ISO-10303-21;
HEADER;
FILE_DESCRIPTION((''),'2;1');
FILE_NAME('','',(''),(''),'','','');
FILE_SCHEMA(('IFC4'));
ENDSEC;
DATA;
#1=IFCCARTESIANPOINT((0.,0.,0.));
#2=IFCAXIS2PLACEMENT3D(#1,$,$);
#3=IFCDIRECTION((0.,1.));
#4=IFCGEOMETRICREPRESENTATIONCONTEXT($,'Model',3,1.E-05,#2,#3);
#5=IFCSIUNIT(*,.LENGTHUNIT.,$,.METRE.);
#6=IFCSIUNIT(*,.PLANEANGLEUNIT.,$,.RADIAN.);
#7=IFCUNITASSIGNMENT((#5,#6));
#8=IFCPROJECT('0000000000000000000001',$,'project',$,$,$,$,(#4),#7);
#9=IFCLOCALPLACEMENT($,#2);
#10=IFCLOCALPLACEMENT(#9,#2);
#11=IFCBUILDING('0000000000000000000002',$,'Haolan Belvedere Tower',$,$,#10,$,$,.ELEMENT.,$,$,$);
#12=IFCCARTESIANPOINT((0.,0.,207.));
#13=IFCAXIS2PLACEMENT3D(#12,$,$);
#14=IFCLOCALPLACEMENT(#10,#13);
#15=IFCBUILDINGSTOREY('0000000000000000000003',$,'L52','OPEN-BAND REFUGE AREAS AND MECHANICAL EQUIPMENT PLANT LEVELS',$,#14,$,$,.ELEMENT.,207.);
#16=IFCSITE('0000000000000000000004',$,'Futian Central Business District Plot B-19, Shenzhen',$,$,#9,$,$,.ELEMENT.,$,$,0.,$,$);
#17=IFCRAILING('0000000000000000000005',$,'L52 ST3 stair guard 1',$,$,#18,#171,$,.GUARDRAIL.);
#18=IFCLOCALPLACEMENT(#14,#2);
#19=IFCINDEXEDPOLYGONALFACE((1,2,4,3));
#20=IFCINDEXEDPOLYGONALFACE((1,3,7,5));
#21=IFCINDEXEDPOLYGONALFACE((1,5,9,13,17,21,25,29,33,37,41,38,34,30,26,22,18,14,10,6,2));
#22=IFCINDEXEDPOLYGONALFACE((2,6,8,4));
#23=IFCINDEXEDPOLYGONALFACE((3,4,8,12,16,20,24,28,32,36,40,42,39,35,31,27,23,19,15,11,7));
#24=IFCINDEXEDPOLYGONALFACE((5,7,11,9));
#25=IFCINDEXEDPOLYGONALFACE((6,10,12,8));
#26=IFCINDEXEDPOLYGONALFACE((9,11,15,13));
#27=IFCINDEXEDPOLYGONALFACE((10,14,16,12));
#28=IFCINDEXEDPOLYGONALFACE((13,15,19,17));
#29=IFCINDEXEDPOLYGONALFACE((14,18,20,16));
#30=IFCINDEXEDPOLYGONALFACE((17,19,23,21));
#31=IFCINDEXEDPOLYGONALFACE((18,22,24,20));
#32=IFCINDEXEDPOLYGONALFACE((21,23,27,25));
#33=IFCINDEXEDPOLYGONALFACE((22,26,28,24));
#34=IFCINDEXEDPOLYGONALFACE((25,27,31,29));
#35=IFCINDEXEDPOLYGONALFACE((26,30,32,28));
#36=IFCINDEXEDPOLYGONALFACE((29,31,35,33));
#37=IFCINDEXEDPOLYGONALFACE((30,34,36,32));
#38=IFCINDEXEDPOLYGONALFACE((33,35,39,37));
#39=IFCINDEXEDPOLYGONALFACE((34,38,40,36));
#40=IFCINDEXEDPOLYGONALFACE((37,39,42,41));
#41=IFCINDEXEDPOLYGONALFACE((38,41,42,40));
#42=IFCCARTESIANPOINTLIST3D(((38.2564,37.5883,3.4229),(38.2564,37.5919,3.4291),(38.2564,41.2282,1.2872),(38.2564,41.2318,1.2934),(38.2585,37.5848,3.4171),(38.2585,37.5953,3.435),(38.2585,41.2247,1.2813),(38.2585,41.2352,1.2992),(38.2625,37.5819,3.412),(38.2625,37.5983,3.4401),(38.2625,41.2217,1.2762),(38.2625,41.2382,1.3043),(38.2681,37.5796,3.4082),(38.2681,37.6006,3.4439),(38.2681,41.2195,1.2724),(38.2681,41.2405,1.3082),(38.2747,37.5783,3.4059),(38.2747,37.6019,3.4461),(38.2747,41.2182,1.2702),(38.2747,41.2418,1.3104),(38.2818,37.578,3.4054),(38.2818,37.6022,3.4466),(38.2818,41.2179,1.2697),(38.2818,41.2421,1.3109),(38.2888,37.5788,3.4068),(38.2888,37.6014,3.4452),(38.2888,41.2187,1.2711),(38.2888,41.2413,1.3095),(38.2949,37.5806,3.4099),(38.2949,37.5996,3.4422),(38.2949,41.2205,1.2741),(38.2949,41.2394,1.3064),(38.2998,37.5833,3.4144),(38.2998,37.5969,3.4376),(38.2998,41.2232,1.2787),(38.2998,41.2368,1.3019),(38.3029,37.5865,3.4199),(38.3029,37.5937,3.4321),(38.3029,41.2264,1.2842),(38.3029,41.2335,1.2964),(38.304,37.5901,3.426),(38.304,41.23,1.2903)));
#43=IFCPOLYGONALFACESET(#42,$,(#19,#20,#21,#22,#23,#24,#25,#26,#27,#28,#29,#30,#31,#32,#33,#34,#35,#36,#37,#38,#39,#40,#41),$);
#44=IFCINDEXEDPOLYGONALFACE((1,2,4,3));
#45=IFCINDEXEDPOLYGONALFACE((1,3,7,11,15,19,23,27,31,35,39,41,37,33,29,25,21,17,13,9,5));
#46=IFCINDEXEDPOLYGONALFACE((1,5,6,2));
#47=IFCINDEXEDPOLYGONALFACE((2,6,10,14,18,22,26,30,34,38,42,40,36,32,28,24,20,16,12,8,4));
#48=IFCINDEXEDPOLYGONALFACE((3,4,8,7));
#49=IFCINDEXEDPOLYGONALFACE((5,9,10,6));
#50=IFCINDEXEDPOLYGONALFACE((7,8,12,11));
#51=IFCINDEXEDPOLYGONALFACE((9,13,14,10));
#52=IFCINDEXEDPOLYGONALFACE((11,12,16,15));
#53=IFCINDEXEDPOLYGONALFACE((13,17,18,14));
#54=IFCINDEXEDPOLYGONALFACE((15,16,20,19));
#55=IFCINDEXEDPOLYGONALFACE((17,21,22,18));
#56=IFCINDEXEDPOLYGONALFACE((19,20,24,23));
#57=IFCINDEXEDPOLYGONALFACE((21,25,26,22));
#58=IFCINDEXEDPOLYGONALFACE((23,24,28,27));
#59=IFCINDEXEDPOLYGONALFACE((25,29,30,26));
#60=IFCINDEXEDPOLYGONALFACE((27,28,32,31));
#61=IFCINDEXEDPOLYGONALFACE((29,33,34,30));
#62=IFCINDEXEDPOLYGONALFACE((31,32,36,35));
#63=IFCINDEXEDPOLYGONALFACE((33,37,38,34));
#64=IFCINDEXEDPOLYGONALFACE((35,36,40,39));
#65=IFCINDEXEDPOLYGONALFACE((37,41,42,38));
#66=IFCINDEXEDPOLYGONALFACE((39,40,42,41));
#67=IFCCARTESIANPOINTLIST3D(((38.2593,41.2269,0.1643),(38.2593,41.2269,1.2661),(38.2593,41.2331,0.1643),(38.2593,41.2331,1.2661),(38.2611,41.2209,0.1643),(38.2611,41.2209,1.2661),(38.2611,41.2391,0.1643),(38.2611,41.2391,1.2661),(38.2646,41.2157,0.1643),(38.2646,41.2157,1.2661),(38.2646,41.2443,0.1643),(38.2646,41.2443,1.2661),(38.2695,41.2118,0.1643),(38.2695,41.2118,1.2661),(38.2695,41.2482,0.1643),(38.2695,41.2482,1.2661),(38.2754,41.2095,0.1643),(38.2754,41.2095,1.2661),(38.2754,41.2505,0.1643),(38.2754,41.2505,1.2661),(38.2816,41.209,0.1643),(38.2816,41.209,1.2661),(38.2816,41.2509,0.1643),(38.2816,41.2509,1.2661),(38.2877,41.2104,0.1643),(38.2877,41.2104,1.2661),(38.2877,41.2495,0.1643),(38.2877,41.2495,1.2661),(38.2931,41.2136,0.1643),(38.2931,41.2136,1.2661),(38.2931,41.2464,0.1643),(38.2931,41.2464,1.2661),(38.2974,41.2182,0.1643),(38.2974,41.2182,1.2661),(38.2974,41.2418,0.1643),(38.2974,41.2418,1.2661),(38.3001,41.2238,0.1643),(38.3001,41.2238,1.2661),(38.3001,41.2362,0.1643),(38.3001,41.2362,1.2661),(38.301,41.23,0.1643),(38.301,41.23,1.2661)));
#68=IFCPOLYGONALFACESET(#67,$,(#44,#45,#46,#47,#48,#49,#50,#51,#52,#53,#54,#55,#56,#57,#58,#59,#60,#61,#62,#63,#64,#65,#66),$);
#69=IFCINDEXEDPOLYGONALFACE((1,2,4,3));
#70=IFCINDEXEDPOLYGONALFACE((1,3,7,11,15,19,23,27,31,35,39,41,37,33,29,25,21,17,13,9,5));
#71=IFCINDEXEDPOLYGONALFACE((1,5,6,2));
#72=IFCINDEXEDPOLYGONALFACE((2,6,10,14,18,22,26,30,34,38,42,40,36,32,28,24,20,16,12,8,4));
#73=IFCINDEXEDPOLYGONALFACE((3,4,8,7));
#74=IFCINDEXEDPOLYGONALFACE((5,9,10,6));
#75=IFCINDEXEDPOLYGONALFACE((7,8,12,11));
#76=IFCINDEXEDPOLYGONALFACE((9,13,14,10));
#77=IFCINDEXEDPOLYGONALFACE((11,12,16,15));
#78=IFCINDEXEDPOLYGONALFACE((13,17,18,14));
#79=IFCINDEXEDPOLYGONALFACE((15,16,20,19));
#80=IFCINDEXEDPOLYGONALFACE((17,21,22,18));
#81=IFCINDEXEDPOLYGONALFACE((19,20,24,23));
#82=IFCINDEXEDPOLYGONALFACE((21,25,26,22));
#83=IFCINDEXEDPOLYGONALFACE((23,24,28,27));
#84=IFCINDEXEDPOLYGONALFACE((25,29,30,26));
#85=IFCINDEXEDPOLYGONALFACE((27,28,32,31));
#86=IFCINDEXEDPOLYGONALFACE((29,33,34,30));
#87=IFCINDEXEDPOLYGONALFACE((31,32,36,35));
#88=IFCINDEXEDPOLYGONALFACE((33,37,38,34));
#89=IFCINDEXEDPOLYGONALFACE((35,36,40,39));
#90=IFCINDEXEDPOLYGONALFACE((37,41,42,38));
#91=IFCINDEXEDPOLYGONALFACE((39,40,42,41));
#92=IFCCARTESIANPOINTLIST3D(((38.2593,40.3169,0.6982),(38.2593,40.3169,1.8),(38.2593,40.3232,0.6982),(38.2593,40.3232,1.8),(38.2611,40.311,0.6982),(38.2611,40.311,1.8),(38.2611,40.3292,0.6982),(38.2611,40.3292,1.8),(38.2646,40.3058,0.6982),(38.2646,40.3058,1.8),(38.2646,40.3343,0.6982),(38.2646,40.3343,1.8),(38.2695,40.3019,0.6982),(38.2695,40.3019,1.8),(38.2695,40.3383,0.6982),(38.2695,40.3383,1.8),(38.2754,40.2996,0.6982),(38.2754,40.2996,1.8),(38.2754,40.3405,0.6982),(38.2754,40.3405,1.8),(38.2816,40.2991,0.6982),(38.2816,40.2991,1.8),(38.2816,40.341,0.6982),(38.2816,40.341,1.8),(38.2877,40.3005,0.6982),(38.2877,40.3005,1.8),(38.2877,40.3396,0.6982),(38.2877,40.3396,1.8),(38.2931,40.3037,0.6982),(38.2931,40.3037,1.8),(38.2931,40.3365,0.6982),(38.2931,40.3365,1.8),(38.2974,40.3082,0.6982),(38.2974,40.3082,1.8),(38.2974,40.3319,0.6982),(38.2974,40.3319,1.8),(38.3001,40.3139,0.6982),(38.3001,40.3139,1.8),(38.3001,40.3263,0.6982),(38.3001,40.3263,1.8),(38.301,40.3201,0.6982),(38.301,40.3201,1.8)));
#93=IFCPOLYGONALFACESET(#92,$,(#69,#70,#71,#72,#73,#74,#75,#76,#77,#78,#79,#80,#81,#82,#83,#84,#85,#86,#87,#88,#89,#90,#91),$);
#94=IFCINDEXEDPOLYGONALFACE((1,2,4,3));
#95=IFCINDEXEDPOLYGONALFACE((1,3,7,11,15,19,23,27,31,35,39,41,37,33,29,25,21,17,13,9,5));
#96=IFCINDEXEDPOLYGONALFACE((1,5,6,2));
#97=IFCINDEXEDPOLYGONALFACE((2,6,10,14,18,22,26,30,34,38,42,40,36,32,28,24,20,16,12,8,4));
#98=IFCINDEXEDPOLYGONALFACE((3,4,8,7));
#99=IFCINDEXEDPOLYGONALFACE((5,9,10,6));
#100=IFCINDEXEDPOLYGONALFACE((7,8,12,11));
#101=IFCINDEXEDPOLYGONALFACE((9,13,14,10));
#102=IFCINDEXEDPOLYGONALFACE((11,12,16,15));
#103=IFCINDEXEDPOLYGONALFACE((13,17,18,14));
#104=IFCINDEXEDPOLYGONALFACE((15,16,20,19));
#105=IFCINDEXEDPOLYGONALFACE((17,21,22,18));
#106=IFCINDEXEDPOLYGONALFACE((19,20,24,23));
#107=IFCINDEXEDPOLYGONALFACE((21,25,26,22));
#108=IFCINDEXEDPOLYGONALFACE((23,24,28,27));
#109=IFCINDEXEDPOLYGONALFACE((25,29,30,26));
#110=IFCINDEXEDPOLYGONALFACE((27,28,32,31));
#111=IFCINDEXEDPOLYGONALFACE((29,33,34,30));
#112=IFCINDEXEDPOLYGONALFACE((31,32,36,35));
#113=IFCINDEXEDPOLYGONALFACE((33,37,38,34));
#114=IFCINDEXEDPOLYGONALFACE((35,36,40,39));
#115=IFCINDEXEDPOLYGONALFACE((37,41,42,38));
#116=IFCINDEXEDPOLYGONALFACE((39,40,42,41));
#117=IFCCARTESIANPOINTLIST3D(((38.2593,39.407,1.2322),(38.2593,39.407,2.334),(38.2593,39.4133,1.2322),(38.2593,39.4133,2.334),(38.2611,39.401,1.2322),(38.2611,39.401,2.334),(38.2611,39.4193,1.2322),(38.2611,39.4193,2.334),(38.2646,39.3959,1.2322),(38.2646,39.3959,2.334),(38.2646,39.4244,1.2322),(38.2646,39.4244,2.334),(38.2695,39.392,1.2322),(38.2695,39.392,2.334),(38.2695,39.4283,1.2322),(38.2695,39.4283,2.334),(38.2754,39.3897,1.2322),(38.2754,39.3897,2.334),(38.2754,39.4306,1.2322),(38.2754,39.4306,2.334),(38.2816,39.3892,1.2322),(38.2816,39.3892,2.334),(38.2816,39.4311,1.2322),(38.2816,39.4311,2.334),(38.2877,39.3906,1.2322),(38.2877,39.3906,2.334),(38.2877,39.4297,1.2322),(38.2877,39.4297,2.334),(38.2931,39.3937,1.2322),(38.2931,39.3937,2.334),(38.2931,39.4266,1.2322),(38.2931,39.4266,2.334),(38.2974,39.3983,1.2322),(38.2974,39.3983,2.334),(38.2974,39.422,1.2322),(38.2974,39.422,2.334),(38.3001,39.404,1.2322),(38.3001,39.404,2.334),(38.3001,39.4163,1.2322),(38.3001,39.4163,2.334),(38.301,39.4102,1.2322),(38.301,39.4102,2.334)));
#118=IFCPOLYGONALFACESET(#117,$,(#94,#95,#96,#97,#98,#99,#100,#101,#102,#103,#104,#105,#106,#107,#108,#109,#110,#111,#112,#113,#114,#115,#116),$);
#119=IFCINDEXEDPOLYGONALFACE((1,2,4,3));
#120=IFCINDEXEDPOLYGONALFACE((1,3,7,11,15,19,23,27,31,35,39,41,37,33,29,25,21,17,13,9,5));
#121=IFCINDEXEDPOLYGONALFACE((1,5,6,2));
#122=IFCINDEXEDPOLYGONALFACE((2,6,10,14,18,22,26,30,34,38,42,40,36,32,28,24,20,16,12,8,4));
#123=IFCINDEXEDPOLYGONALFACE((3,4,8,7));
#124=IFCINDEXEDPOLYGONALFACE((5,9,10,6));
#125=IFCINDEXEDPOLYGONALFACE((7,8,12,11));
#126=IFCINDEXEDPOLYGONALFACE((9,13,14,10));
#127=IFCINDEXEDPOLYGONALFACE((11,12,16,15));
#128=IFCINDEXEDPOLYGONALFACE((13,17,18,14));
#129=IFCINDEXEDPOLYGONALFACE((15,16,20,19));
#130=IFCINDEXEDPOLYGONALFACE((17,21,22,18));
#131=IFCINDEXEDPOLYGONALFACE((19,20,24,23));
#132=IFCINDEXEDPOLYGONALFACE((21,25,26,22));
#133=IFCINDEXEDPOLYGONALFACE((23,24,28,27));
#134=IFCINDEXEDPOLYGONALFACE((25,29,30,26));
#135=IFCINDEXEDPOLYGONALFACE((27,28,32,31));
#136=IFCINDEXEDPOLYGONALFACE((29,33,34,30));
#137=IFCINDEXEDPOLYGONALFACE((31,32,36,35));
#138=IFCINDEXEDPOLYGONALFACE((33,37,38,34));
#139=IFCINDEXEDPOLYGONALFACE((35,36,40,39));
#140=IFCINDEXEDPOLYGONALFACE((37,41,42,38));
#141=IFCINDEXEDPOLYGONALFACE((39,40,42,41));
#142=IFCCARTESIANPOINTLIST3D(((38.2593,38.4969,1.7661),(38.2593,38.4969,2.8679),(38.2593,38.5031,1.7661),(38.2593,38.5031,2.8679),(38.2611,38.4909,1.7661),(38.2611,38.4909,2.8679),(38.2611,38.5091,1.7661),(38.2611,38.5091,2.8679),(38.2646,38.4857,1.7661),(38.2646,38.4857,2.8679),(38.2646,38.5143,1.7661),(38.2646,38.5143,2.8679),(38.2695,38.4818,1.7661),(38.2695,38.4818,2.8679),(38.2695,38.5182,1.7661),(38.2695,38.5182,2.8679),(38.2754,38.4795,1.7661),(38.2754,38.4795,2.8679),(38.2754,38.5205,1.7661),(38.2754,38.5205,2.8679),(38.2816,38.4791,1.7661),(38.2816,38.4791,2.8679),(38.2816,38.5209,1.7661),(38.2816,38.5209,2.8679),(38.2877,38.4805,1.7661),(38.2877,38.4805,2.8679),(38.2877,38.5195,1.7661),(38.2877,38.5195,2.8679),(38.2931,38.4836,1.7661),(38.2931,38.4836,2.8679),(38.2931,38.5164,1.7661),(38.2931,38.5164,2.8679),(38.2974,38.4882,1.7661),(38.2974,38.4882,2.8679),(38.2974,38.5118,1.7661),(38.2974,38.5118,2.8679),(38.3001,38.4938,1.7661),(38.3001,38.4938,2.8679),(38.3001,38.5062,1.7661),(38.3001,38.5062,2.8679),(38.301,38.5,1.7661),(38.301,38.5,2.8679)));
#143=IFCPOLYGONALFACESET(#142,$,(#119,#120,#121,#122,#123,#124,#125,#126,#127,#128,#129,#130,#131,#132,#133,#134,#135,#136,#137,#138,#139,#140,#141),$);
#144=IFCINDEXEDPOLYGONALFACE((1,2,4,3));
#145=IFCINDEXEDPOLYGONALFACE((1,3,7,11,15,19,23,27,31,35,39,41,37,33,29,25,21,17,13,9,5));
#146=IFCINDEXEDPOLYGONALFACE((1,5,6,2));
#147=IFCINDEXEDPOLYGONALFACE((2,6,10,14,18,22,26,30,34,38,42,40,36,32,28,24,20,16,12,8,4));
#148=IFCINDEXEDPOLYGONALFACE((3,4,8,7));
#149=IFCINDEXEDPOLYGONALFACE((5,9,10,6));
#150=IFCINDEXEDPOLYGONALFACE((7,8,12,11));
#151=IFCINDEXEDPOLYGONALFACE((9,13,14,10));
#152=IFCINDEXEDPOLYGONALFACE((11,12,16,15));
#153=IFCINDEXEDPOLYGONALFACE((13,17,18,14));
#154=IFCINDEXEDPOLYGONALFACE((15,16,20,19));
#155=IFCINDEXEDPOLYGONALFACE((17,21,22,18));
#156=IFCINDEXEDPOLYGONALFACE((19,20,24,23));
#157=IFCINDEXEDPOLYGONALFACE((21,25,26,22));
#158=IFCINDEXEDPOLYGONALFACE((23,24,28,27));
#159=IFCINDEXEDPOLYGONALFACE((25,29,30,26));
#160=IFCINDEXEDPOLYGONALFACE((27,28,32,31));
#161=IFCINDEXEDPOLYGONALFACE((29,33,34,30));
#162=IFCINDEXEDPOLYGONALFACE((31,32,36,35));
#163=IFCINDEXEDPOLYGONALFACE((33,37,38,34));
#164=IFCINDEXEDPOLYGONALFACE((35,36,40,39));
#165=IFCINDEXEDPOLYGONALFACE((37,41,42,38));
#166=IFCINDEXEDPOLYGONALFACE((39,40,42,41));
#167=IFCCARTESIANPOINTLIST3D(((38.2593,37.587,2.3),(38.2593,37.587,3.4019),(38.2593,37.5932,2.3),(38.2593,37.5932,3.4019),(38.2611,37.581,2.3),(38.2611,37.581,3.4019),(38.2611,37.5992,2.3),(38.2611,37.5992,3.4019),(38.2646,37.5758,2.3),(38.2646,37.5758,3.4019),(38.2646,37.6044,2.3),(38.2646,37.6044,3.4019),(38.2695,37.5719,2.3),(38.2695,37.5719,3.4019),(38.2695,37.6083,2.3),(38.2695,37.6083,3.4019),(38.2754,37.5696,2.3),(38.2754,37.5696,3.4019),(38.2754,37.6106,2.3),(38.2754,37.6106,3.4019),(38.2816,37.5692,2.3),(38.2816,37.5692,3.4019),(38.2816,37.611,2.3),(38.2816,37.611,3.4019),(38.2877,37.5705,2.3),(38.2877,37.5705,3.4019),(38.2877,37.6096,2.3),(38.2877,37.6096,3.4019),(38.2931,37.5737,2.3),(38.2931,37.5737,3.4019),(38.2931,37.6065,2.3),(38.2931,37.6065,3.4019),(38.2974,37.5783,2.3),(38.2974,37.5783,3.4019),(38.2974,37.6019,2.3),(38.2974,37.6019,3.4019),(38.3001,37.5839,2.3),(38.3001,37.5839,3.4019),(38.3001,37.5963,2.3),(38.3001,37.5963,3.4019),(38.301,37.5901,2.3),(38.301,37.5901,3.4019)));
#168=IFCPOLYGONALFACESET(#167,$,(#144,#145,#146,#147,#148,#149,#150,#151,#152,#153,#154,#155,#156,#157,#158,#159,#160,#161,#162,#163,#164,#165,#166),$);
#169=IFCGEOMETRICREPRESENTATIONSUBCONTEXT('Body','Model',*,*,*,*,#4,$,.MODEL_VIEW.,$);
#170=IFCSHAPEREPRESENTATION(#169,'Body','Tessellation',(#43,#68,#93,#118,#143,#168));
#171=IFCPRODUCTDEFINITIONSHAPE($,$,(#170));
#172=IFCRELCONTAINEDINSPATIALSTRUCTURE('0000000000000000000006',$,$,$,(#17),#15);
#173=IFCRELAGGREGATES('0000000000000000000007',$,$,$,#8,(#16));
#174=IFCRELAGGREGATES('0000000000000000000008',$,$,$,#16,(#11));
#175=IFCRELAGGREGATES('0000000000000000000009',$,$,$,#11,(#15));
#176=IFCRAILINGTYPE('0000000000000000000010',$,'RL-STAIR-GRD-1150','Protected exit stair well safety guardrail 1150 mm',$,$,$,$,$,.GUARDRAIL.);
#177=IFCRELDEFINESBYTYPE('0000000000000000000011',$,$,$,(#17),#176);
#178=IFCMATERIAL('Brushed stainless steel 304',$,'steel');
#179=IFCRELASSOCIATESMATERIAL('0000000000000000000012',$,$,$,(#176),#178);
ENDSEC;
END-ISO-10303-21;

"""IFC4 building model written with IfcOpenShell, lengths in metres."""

from ifc_helpers import new_model, si_unit, direction, frame, origin, origin_2d, place, context, subcontext, project, spatial, circle, extrude, material, type_object, element, save


model = new_model("IFC4")

# Units and contexts
model_context = context("Model", 3, precision=1e-05, world=origin(), true_north=direction((0.0, 1.0)))
body_context = subcontext(model_context, "Body", "Model", "MODEL_VIEW")
ifc_project = project(units=[si_unit("LENGTHUNIT", "METRE"), si_unit("PLANEANGLEUNIT", "RADIAN")], contexts=[model_context])

# Site, building, storey
site_placement = place(None, origin())
site = spatial("IfcSite", under=ifc_project, at=site_placement, Name="Futian Central Business District Plot B-19, Shenzhen", CompositionType="ELEMENT", RefElevation=0.0)
building_placement = place(site_placement, origin())
building = spatial("IfcBuilding", under=site, at=building_placement, Name="Haolan Belvedere Tower", CompositionType="ELEMENT")
storey_placement = place(building_placement, frame((0.0, 0.0, 207.0)))
storey = spatial("IfcBuildingStorey", under=building, at=storey_placement, Name="L52", Description="OPEN-BAND REFUGE AREAS AND MECHANICAL EQUIPMENT PLANT LEVELS", CompositionType="ELEMENT", Elevation=207.0)

# Railing
ifc_material_1 = material(Name="Brushed stainless steel 304", Category="steel")
railing_type_1 = type_object("IfcRailingType", Name="RL-STAIR-GRD-1150", Description="Protected exit stair well safety guardrail 1150 mm", PredefinedType="GUARDRAIL", material=ifc_material_1)
railing_1_placement = place(storey_placement, frame((38.28, 41.23, 0.1643)))
element("IfcRailing", 1, at=railing_1_placement, inside=storey, type_object=railing_type_1, Name="L52 ST3 stair guard 1", PredefinedType="GUARDRAIL", context=body_context, shape_type="SweptSolid", body=[
    extrude(circle(Radius=0.0239, at=origin_2d()), frame((0.0, 0.0, 1.126), z_axis=(0.0, -0.86249, 0.506074), x_axis=(1.0, 0.0, 0.0)), (0.0, 0.0, 1.0), 4.2202),
    extrude(circle(Radius=0.021, at=origin_2d()), origin(), (0.0, 0.0, 1.0), 1.1018),
    extrude(circle(Radius=0.021, at=origin_2d()), frame((0.0, -0.9099, 0.5339)), (0.0, 0.0, 1.0), 1.1018),
    extrude(circle(Radius=0.021, at=origin_2d()), frame((0.0, -1.8198, 1.0679)), (0.0, 0.0, 1.0), 1.1018),
    extrude(circle(Radius=0.021, at=origin_2d()), frame((0.0, -2.73, 1.6018)), (0.0, 0.0, 1.0), 1.1018),
    extrude(circle(Radius=0.021, at=origin_2d()), frame((0.0, -3.6399, 2.1357)), (0.0, 0.0, 1.0), 1.1018),
])

save(model, "model.ifc")
